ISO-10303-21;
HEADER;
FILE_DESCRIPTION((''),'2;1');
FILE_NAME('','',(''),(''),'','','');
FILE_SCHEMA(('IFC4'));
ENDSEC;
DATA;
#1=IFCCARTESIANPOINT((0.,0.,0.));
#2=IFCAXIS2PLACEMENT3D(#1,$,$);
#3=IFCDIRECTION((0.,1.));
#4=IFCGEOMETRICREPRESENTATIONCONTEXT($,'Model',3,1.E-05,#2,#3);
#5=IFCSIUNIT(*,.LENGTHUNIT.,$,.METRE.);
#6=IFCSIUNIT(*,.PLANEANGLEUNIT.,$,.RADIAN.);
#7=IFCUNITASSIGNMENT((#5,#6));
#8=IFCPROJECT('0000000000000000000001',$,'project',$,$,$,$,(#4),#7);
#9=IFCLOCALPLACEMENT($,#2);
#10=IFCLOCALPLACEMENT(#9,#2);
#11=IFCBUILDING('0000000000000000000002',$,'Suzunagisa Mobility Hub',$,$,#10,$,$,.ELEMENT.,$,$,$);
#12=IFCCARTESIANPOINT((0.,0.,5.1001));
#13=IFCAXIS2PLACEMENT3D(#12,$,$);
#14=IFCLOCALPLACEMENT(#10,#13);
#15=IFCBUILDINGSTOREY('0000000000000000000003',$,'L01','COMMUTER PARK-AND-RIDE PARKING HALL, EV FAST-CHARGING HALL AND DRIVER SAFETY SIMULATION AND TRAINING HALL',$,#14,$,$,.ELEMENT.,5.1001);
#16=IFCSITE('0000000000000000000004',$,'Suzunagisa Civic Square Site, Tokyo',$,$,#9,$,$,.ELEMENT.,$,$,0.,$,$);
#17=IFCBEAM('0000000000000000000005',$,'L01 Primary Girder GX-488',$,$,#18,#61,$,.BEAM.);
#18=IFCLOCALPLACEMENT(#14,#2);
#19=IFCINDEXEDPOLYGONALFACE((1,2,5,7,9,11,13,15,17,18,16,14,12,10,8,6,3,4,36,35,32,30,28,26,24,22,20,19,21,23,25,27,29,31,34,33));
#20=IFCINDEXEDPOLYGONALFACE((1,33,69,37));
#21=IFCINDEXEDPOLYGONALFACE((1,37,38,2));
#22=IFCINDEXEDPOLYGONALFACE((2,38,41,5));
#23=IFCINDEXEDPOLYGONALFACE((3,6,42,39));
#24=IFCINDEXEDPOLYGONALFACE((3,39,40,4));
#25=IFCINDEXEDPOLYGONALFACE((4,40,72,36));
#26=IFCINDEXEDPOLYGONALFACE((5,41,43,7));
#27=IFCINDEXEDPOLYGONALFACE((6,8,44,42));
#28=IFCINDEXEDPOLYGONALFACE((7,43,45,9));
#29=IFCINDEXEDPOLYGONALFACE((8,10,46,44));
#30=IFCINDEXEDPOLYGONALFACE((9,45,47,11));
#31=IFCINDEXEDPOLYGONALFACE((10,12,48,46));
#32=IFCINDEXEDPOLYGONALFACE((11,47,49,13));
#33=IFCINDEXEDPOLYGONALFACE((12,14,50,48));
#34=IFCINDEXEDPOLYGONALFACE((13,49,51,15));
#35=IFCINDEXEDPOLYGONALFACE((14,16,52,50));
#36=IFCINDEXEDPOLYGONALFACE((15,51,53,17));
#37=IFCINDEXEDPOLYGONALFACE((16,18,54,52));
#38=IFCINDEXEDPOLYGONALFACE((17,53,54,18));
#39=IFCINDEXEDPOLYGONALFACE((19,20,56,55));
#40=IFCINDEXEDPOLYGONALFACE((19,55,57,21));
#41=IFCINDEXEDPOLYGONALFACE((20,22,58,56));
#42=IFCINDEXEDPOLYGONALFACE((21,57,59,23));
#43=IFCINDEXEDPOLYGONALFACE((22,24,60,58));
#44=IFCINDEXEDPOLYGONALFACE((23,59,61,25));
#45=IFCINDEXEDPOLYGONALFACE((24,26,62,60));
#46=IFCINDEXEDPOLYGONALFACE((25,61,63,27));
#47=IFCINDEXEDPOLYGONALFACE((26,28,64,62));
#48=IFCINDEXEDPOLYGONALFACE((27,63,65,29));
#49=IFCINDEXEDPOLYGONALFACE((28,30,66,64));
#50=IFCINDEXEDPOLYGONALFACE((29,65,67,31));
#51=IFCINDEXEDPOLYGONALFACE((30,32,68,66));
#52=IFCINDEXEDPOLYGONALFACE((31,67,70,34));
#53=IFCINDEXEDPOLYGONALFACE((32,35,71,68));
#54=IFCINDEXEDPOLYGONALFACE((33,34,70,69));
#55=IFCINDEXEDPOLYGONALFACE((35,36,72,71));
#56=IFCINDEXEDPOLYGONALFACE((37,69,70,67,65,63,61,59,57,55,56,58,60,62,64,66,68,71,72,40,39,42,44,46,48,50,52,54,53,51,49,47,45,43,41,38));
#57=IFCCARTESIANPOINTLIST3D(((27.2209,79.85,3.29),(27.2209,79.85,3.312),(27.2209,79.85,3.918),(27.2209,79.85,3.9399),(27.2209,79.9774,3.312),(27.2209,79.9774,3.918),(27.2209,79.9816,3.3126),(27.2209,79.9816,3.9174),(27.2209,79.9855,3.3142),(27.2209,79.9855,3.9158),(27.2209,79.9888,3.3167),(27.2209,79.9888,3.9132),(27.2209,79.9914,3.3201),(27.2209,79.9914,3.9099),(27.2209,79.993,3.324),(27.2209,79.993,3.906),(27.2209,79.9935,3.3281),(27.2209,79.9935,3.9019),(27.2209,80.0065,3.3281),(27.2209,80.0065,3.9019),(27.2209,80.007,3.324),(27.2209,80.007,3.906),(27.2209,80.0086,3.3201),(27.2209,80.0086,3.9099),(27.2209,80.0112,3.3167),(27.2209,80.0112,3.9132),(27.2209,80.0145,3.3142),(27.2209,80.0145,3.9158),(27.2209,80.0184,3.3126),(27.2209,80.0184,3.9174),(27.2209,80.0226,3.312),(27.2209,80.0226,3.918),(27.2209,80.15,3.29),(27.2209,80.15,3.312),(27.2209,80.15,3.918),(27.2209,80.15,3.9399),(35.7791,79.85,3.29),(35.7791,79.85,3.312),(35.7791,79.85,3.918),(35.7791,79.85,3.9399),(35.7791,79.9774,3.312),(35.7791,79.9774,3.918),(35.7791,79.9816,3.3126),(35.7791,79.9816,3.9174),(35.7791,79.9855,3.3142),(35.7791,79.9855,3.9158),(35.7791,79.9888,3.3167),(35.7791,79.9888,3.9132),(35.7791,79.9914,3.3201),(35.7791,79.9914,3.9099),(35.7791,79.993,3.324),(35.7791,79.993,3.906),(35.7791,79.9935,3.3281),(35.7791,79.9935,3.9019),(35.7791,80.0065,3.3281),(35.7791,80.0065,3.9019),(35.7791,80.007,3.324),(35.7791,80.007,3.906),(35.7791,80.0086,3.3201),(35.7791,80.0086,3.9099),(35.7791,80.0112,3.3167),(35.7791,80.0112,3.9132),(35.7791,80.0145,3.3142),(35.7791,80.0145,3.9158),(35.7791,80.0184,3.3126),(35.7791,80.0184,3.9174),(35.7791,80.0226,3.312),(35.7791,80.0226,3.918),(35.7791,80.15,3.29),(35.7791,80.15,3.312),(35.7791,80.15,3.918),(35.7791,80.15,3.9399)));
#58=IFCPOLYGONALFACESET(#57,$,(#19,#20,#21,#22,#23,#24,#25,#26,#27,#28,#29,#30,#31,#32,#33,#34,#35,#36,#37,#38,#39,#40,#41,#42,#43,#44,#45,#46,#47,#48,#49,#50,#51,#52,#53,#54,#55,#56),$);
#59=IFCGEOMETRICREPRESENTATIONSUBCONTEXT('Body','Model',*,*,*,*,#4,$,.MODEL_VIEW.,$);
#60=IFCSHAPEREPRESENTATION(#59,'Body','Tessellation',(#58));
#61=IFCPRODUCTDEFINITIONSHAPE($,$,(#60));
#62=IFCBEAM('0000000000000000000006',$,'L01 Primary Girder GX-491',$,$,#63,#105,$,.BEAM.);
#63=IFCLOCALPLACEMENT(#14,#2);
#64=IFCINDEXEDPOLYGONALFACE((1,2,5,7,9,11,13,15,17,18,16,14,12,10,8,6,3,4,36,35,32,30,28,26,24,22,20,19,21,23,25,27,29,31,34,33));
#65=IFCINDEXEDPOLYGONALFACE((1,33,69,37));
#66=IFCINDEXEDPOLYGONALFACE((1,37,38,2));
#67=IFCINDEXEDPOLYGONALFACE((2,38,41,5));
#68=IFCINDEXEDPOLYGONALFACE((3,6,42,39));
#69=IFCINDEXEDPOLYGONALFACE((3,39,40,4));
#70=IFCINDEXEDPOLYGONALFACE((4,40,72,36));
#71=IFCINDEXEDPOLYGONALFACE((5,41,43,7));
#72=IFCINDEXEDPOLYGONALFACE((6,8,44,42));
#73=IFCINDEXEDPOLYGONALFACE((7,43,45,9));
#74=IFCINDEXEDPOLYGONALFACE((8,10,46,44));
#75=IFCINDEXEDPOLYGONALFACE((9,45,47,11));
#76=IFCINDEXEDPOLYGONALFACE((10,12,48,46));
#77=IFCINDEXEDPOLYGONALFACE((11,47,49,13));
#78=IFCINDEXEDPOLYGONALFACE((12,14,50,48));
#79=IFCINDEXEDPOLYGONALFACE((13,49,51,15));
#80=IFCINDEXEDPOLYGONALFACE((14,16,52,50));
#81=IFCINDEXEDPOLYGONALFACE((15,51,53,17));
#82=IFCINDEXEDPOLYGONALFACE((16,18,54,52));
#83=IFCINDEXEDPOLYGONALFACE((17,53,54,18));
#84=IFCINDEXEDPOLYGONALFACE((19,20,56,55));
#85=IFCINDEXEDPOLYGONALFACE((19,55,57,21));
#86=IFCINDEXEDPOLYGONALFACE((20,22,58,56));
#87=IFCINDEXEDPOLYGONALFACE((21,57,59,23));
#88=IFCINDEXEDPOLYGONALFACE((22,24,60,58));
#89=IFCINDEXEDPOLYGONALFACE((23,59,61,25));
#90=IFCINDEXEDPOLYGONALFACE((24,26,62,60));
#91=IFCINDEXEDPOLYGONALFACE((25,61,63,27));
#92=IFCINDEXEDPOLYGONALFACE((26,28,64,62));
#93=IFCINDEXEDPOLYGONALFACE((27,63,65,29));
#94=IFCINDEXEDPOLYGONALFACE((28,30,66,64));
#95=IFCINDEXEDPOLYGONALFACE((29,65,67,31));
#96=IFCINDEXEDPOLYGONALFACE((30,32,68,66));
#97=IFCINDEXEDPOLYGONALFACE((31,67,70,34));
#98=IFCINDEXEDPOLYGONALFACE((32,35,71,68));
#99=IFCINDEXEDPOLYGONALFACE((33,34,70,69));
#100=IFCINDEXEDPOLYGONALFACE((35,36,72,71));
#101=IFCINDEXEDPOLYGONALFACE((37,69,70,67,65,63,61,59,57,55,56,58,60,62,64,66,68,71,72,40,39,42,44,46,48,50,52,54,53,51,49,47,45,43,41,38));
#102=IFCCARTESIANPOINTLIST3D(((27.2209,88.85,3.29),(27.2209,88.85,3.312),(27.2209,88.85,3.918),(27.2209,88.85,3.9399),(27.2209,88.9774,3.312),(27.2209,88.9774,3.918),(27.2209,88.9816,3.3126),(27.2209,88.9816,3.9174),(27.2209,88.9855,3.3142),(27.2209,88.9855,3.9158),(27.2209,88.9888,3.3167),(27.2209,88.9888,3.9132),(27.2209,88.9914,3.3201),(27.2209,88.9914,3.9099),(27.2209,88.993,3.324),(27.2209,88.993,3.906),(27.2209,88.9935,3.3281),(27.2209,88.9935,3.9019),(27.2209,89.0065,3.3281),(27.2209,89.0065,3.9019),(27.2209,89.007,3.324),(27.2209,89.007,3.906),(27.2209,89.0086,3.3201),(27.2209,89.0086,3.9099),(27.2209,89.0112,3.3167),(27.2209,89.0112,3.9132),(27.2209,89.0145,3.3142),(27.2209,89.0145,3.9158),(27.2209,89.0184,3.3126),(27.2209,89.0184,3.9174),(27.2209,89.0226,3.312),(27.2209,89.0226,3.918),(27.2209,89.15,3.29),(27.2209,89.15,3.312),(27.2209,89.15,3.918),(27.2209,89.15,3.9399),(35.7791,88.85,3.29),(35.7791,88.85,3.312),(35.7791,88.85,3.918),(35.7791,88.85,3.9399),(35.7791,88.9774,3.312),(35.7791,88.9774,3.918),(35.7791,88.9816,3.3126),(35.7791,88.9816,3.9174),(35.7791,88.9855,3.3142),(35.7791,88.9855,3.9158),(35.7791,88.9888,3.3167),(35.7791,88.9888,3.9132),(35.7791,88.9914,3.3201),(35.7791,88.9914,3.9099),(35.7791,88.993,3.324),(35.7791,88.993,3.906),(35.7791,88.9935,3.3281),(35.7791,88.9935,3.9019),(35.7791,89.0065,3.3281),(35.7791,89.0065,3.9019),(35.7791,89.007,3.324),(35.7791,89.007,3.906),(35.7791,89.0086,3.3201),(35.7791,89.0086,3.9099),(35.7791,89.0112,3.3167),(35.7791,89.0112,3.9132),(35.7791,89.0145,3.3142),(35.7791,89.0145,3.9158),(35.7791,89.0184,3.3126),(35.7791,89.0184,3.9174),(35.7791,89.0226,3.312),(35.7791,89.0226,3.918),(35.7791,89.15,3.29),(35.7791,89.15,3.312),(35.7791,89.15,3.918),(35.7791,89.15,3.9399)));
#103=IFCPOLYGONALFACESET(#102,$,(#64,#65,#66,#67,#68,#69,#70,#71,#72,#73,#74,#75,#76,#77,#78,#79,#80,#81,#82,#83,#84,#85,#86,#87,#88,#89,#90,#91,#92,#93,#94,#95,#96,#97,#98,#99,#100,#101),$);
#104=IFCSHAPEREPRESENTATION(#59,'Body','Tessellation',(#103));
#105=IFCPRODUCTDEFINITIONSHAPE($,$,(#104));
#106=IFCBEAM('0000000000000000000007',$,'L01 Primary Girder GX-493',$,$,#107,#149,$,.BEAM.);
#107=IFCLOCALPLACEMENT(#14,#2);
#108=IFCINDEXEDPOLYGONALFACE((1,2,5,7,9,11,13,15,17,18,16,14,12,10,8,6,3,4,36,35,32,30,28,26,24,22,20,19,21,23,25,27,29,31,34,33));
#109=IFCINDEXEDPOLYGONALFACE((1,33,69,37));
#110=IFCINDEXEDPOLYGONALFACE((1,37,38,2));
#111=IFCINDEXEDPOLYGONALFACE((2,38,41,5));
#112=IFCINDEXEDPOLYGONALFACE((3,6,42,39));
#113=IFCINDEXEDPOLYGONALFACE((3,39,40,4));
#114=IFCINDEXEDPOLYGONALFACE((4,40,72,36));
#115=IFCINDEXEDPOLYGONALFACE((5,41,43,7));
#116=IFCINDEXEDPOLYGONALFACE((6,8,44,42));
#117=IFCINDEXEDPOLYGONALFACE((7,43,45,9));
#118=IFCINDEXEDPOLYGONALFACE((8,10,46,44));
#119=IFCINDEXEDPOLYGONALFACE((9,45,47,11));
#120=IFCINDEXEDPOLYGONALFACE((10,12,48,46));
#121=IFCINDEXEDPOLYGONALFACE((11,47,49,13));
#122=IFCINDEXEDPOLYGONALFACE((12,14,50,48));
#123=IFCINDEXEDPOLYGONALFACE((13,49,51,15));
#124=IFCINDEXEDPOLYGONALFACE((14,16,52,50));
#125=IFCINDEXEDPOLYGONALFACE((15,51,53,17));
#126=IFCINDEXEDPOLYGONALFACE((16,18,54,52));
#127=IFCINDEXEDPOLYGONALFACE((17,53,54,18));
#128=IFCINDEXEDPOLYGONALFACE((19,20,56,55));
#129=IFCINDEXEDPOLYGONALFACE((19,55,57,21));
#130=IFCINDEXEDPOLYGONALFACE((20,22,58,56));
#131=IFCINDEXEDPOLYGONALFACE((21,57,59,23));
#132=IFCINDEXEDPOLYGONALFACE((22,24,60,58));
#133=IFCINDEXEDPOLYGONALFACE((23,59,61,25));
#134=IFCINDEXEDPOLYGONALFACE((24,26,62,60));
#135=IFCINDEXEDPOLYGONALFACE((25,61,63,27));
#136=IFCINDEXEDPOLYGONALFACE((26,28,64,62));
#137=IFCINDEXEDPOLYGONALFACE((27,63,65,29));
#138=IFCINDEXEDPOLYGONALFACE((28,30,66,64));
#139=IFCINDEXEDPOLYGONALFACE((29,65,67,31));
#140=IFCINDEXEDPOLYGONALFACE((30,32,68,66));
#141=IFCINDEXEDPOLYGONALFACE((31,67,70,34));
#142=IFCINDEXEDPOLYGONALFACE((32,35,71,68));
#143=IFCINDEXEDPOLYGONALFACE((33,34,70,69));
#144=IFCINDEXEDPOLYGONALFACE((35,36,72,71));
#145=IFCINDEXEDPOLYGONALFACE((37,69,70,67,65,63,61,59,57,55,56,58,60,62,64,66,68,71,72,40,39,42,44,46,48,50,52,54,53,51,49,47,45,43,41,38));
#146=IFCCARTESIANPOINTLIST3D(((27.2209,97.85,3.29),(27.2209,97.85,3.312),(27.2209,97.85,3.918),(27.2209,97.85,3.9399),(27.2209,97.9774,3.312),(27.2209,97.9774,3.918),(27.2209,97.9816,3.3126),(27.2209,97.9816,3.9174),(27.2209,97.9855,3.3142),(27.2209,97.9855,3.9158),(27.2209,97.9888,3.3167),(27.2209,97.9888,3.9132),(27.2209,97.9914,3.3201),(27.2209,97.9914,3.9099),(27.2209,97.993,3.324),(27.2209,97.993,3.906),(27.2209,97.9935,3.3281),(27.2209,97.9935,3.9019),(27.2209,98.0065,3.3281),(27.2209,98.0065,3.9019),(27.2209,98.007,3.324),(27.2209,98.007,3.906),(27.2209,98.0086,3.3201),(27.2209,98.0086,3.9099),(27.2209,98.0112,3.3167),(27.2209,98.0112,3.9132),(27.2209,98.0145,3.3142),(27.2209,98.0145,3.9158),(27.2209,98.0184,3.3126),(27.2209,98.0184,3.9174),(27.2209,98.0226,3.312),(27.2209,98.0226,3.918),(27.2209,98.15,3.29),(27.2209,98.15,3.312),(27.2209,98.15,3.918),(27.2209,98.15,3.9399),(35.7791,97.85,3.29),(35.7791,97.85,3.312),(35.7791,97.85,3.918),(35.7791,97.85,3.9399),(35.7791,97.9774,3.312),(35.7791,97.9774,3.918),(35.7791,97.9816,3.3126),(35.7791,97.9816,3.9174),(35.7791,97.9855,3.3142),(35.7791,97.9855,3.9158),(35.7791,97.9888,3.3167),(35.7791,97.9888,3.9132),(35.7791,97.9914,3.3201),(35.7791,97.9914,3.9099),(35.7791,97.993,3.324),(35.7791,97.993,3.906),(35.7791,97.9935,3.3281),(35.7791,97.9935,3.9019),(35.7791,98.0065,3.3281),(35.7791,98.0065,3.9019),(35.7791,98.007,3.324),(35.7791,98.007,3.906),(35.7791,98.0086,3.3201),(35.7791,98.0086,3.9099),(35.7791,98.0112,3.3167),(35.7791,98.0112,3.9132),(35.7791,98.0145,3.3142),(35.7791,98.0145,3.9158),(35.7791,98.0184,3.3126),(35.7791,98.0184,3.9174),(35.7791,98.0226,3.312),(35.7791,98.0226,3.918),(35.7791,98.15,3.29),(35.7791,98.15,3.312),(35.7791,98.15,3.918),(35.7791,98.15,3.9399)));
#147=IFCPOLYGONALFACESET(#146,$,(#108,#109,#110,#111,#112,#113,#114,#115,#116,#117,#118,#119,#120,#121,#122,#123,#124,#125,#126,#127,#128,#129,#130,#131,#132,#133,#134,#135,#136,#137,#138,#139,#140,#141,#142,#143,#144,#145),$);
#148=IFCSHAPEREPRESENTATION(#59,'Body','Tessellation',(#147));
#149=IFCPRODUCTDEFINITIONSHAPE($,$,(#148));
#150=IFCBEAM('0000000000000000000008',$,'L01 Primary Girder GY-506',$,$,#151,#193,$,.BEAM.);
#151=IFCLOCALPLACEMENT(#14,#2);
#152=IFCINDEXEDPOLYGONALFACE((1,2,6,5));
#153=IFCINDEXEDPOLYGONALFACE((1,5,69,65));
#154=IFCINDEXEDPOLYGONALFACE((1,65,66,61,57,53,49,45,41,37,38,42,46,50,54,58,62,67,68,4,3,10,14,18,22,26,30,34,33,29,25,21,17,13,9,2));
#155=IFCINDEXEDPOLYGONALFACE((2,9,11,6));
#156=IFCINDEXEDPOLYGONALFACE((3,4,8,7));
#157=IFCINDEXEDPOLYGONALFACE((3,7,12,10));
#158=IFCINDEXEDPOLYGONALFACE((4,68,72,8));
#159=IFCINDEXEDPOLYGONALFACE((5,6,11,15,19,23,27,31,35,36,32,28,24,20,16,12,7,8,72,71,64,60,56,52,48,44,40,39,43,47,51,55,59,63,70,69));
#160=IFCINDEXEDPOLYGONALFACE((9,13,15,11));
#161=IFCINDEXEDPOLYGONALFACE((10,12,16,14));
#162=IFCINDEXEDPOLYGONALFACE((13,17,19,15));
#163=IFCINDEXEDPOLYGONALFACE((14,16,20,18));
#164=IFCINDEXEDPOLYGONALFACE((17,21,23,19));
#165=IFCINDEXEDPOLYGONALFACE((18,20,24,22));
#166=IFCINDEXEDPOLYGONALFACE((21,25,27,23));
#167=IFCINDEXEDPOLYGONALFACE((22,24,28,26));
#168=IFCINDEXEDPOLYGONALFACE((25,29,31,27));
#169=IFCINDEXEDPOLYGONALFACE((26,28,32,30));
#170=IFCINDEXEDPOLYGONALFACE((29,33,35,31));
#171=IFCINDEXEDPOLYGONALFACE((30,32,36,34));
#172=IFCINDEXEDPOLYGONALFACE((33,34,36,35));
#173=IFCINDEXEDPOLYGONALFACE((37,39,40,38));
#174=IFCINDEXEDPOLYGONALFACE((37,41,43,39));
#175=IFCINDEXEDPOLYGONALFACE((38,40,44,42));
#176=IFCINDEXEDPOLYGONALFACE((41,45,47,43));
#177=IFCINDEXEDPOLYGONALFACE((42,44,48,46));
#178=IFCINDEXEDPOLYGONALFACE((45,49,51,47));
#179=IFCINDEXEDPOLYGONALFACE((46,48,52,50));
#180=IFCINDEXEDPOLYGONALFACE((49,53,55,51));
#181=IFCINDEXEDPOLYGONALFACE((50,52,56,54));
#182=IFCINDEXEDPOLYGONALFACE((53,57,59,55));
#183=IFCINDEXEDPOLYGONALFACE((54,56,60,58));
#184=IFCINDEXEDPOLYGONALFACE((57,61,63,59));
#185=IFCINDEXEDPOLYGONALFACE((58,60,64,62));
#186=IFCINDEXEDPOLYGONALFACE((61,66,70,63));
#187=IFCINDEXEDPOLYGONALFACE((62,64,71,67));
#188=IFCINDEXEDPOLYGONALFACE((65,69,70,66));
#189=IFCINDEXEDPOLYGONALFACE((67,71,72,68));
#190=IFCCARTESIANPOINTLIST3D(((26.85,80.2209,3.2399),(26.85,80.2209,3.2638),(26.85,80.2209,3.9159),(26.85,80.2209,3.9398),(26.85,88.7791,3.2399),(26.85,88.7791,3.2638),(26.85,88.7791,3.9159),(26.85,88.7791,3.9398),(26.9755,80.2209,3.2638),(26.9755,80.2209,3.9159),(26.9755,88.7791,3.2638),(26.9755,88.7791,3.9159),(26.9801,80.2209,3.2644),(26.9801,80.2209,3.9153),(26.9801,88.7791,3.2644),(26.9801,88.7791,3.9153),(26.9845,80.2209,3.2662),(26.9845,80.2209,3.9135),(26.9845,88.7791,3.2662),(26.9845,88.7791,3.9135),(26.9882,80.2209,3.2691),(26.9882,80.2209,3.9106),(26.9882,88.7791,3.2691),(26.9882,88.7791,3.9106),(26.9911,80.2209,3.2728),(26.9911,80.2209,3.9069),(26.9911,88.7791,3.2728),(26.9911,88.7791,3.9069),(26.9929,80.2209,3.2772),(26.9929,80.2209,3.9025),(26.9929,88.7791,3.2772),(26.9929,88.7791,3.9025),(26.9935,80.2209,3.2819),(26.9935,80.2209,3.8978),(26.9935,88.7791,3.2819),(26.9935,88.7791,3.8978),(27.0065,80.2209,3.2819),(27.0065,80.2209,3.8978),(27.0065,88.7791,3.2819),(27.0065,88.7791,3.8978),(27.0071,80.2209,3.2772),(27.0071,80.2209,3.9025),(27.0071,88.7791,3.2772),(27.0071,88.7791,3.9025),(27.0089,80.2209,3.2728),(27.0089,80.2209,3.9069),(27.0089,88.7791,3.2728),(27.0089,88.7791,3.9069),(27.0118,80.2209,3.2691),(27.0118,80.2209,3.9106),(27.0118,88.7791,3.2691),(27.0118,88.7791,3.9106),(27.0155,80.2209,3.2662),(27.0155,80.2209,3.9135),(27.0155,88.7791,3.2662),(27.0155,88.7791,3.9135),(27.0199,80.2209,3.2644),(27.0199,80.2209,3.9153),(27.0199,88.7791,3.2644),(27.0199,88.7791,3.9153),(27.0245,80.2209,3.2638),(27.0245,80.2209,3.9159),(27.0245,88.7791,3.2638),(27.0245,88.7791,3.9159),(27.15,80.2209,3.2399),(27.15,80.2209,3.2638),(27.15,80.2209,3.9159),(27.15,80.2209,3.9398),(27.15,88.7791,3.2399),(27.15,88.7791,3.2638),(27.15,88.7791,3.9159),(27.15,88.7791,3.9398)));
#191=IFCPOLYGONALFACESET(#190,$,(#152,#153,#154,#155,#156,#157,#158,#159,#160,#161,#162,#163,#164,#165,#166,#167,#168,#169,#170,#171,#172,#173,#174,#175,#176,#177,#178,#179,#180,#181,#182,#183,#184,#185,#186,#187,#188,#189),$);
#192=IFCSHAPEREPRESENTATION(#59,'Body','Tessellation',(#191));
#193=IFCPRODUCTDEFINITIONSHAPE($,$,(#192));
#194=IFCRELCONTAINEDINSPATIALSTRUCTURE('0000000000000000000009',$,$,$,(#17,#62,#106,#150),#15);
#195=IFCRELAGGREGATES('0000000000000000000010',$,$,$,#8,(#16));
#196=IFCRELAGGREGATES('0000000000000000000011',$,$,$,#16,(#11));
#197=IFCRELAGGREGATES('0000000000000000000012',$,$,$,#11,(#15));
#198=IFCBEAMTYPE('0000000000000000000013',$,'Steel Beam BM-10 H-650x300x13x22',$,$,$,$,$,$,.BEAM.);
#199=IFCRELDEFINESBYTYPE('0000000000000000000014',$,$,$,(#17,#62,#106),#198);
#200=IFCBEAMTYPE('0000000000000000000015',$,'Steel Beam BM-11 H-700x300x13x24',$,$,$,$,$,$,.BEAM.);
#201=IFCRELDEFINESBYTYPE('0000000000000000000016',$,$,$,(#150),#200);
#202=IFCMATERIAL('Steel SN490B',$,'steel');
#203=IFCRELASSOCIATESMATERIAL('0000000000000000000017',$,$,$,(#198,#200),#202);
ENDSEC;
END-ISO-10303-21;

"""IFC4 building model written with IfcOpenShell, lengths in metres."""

from ifc_helpers import new_model, si_unit, direction, frame, origin, origin_2d, place, context, subcontext, project, spatial, i_section, extrude, material, material_profile, profile_set, type_object, element, save


model = new_model("IFC4")

# Units and contexts
model_context = context("Model", 3, precision=1e-05, world=origin(), true_north=direction((0.0, 1.0)))
body_context = subcontext(model_context, "Body", "Model", "MODEL_VIEW")
ifc_project = project(units=[si_unit("LENGTHUNIT", "METRE"), si_unit("PLANEANGLEUNIT", "RADIAN")], contexts=[model_context])

# Site, building, storey
site_placement = place(None, origin())
site = spatial("IfcSite", under=ifc_project, at=site_placement, Name="Suzunagisa Civic Square Site, Tokyo", CompositionType="ELEMENT", RefElevation=0.0)
building_placement = place(site_placement, origin())
building = spatial("IfcBuilding", under=site, at=building_placement, Name="Suzunagisa Mobility Hub", CompositionType="ELEMENT")
storey_placement = place(building_placement, frame((0.0, 0.0, 5.1001)))
storey = spatial("IfcBuildingStorey", under=building, at=storey_placement, Name="L01", Description="COMMUTER PARK-AND-RIDE PARKING HALL, EV FAST-CHARGING HALL AND DRIVER SAFETY SIMULATION AND TRAINING HALL", CompositionType="ELEMENT", Elevation=5.1001)

# Shared definitions
ifc_material_1 = material(Name="Steel SN490B", Category="steel")

# Beams
ifc_material_profile_1 = material_profile(ifc_material_1, i_section(OverallWidth=0.3, OverallDepth=0.6499, WebThickness=0.0129, FlangeThickness=0.022, FilletRadius=0.0161, at=origin_2d()), Name="H-650x300x13x22")
ifc_profile_set_1 = profile_set([ifc_material_profile_1], Name="Steel SN490B")
beam_type_1 = type_object("IfcBeamType", Name="Steel Beam BM-10 H-650x300x13x22", PredefinedType="BEAM", material=ifc_profile_set_1)
for number, where, z_axis, x_axis, name in (
    (1, (27.2209, 80.0, 3.615), (1.0, 0.0, 0.0), (0.0, 1.0, 0.0), "L01 Primary Girder GX-488"),
    (2, (27.2209, 89.0, 3.615), (1.0, 0.0, 0.0), (0.0, 1.0, 0.0), "L01 Primary Girder GX-491"),
    (3, (27.2209, 98.0, 3.615), (1.0, 0.0, 0.0), (0.0, 1.0, 0.0), "L01 Primary Girder GX-493"),
):
    element("IfcBeam", number, at=place(storey_placement, frame(where, z_axis=z_axis, x_axis=x_axis)), inside=storey, type_object=beam_type_1, Name=name, PredefinedType="BEAM", context=body_context, shape_type="SweptSolid", body=[
        extrude(i_section(OverallWidth=0.3, OverallDepth=0.6499, WebThickness=0.0129, FlangeThickness=0.022, FilletRadius=0.0161, at=origin_2d()), origin(), (0.0, 0.0, 1.0), 8.5581),
    ])
ifc_material_profile_2 = material_profile(ifc_material_1, i_section(OverallWidth=0.3, OverallDepth=0.7, WebThickness=0.0129, FlangeThickness=0.0239, FilletRadius=0.0181, at=origin_2d()), Name="H-700x300x13x24")
ifc_profile_set_2 = profile_set([ifc_material_profile_2], Name="Steel SN490B")
beam_type_2 = type_object("IfcBeamType", Name="Steel Beam BM-11 H-700x300x13x24", PredefinedType="BEAM", material=ifc_profile_set_2)
for number, where, z_axis, x_axis, name in (
    (4, (27.0, 80.2209, 3.5898), (0.0, 1.0, 0.0), (-1.0, 0.0, 0.0), "L01 Primary Girder GY-506"),
):
    element("IfcBeam", number, at=place(storey_placement, frame(where, z_axis=z_axis, x_axis=x_axis)), inside=storey, type_object=beam_type_2, Name=name, PredefinedType="BEAM", context=body_context, shape_type="SweptSolid", body=[
        extrude(i_section(OverallWidth=0.3, OverallDepth=0.7, WebThickness=0.0129, FlangeThickness=0.0239, FilletRadius=0.0181, at=origin_2d()), origin(), (0.0, 0.0, 1.0), 8.5581),
    ])

save(model, "model.ifc")
